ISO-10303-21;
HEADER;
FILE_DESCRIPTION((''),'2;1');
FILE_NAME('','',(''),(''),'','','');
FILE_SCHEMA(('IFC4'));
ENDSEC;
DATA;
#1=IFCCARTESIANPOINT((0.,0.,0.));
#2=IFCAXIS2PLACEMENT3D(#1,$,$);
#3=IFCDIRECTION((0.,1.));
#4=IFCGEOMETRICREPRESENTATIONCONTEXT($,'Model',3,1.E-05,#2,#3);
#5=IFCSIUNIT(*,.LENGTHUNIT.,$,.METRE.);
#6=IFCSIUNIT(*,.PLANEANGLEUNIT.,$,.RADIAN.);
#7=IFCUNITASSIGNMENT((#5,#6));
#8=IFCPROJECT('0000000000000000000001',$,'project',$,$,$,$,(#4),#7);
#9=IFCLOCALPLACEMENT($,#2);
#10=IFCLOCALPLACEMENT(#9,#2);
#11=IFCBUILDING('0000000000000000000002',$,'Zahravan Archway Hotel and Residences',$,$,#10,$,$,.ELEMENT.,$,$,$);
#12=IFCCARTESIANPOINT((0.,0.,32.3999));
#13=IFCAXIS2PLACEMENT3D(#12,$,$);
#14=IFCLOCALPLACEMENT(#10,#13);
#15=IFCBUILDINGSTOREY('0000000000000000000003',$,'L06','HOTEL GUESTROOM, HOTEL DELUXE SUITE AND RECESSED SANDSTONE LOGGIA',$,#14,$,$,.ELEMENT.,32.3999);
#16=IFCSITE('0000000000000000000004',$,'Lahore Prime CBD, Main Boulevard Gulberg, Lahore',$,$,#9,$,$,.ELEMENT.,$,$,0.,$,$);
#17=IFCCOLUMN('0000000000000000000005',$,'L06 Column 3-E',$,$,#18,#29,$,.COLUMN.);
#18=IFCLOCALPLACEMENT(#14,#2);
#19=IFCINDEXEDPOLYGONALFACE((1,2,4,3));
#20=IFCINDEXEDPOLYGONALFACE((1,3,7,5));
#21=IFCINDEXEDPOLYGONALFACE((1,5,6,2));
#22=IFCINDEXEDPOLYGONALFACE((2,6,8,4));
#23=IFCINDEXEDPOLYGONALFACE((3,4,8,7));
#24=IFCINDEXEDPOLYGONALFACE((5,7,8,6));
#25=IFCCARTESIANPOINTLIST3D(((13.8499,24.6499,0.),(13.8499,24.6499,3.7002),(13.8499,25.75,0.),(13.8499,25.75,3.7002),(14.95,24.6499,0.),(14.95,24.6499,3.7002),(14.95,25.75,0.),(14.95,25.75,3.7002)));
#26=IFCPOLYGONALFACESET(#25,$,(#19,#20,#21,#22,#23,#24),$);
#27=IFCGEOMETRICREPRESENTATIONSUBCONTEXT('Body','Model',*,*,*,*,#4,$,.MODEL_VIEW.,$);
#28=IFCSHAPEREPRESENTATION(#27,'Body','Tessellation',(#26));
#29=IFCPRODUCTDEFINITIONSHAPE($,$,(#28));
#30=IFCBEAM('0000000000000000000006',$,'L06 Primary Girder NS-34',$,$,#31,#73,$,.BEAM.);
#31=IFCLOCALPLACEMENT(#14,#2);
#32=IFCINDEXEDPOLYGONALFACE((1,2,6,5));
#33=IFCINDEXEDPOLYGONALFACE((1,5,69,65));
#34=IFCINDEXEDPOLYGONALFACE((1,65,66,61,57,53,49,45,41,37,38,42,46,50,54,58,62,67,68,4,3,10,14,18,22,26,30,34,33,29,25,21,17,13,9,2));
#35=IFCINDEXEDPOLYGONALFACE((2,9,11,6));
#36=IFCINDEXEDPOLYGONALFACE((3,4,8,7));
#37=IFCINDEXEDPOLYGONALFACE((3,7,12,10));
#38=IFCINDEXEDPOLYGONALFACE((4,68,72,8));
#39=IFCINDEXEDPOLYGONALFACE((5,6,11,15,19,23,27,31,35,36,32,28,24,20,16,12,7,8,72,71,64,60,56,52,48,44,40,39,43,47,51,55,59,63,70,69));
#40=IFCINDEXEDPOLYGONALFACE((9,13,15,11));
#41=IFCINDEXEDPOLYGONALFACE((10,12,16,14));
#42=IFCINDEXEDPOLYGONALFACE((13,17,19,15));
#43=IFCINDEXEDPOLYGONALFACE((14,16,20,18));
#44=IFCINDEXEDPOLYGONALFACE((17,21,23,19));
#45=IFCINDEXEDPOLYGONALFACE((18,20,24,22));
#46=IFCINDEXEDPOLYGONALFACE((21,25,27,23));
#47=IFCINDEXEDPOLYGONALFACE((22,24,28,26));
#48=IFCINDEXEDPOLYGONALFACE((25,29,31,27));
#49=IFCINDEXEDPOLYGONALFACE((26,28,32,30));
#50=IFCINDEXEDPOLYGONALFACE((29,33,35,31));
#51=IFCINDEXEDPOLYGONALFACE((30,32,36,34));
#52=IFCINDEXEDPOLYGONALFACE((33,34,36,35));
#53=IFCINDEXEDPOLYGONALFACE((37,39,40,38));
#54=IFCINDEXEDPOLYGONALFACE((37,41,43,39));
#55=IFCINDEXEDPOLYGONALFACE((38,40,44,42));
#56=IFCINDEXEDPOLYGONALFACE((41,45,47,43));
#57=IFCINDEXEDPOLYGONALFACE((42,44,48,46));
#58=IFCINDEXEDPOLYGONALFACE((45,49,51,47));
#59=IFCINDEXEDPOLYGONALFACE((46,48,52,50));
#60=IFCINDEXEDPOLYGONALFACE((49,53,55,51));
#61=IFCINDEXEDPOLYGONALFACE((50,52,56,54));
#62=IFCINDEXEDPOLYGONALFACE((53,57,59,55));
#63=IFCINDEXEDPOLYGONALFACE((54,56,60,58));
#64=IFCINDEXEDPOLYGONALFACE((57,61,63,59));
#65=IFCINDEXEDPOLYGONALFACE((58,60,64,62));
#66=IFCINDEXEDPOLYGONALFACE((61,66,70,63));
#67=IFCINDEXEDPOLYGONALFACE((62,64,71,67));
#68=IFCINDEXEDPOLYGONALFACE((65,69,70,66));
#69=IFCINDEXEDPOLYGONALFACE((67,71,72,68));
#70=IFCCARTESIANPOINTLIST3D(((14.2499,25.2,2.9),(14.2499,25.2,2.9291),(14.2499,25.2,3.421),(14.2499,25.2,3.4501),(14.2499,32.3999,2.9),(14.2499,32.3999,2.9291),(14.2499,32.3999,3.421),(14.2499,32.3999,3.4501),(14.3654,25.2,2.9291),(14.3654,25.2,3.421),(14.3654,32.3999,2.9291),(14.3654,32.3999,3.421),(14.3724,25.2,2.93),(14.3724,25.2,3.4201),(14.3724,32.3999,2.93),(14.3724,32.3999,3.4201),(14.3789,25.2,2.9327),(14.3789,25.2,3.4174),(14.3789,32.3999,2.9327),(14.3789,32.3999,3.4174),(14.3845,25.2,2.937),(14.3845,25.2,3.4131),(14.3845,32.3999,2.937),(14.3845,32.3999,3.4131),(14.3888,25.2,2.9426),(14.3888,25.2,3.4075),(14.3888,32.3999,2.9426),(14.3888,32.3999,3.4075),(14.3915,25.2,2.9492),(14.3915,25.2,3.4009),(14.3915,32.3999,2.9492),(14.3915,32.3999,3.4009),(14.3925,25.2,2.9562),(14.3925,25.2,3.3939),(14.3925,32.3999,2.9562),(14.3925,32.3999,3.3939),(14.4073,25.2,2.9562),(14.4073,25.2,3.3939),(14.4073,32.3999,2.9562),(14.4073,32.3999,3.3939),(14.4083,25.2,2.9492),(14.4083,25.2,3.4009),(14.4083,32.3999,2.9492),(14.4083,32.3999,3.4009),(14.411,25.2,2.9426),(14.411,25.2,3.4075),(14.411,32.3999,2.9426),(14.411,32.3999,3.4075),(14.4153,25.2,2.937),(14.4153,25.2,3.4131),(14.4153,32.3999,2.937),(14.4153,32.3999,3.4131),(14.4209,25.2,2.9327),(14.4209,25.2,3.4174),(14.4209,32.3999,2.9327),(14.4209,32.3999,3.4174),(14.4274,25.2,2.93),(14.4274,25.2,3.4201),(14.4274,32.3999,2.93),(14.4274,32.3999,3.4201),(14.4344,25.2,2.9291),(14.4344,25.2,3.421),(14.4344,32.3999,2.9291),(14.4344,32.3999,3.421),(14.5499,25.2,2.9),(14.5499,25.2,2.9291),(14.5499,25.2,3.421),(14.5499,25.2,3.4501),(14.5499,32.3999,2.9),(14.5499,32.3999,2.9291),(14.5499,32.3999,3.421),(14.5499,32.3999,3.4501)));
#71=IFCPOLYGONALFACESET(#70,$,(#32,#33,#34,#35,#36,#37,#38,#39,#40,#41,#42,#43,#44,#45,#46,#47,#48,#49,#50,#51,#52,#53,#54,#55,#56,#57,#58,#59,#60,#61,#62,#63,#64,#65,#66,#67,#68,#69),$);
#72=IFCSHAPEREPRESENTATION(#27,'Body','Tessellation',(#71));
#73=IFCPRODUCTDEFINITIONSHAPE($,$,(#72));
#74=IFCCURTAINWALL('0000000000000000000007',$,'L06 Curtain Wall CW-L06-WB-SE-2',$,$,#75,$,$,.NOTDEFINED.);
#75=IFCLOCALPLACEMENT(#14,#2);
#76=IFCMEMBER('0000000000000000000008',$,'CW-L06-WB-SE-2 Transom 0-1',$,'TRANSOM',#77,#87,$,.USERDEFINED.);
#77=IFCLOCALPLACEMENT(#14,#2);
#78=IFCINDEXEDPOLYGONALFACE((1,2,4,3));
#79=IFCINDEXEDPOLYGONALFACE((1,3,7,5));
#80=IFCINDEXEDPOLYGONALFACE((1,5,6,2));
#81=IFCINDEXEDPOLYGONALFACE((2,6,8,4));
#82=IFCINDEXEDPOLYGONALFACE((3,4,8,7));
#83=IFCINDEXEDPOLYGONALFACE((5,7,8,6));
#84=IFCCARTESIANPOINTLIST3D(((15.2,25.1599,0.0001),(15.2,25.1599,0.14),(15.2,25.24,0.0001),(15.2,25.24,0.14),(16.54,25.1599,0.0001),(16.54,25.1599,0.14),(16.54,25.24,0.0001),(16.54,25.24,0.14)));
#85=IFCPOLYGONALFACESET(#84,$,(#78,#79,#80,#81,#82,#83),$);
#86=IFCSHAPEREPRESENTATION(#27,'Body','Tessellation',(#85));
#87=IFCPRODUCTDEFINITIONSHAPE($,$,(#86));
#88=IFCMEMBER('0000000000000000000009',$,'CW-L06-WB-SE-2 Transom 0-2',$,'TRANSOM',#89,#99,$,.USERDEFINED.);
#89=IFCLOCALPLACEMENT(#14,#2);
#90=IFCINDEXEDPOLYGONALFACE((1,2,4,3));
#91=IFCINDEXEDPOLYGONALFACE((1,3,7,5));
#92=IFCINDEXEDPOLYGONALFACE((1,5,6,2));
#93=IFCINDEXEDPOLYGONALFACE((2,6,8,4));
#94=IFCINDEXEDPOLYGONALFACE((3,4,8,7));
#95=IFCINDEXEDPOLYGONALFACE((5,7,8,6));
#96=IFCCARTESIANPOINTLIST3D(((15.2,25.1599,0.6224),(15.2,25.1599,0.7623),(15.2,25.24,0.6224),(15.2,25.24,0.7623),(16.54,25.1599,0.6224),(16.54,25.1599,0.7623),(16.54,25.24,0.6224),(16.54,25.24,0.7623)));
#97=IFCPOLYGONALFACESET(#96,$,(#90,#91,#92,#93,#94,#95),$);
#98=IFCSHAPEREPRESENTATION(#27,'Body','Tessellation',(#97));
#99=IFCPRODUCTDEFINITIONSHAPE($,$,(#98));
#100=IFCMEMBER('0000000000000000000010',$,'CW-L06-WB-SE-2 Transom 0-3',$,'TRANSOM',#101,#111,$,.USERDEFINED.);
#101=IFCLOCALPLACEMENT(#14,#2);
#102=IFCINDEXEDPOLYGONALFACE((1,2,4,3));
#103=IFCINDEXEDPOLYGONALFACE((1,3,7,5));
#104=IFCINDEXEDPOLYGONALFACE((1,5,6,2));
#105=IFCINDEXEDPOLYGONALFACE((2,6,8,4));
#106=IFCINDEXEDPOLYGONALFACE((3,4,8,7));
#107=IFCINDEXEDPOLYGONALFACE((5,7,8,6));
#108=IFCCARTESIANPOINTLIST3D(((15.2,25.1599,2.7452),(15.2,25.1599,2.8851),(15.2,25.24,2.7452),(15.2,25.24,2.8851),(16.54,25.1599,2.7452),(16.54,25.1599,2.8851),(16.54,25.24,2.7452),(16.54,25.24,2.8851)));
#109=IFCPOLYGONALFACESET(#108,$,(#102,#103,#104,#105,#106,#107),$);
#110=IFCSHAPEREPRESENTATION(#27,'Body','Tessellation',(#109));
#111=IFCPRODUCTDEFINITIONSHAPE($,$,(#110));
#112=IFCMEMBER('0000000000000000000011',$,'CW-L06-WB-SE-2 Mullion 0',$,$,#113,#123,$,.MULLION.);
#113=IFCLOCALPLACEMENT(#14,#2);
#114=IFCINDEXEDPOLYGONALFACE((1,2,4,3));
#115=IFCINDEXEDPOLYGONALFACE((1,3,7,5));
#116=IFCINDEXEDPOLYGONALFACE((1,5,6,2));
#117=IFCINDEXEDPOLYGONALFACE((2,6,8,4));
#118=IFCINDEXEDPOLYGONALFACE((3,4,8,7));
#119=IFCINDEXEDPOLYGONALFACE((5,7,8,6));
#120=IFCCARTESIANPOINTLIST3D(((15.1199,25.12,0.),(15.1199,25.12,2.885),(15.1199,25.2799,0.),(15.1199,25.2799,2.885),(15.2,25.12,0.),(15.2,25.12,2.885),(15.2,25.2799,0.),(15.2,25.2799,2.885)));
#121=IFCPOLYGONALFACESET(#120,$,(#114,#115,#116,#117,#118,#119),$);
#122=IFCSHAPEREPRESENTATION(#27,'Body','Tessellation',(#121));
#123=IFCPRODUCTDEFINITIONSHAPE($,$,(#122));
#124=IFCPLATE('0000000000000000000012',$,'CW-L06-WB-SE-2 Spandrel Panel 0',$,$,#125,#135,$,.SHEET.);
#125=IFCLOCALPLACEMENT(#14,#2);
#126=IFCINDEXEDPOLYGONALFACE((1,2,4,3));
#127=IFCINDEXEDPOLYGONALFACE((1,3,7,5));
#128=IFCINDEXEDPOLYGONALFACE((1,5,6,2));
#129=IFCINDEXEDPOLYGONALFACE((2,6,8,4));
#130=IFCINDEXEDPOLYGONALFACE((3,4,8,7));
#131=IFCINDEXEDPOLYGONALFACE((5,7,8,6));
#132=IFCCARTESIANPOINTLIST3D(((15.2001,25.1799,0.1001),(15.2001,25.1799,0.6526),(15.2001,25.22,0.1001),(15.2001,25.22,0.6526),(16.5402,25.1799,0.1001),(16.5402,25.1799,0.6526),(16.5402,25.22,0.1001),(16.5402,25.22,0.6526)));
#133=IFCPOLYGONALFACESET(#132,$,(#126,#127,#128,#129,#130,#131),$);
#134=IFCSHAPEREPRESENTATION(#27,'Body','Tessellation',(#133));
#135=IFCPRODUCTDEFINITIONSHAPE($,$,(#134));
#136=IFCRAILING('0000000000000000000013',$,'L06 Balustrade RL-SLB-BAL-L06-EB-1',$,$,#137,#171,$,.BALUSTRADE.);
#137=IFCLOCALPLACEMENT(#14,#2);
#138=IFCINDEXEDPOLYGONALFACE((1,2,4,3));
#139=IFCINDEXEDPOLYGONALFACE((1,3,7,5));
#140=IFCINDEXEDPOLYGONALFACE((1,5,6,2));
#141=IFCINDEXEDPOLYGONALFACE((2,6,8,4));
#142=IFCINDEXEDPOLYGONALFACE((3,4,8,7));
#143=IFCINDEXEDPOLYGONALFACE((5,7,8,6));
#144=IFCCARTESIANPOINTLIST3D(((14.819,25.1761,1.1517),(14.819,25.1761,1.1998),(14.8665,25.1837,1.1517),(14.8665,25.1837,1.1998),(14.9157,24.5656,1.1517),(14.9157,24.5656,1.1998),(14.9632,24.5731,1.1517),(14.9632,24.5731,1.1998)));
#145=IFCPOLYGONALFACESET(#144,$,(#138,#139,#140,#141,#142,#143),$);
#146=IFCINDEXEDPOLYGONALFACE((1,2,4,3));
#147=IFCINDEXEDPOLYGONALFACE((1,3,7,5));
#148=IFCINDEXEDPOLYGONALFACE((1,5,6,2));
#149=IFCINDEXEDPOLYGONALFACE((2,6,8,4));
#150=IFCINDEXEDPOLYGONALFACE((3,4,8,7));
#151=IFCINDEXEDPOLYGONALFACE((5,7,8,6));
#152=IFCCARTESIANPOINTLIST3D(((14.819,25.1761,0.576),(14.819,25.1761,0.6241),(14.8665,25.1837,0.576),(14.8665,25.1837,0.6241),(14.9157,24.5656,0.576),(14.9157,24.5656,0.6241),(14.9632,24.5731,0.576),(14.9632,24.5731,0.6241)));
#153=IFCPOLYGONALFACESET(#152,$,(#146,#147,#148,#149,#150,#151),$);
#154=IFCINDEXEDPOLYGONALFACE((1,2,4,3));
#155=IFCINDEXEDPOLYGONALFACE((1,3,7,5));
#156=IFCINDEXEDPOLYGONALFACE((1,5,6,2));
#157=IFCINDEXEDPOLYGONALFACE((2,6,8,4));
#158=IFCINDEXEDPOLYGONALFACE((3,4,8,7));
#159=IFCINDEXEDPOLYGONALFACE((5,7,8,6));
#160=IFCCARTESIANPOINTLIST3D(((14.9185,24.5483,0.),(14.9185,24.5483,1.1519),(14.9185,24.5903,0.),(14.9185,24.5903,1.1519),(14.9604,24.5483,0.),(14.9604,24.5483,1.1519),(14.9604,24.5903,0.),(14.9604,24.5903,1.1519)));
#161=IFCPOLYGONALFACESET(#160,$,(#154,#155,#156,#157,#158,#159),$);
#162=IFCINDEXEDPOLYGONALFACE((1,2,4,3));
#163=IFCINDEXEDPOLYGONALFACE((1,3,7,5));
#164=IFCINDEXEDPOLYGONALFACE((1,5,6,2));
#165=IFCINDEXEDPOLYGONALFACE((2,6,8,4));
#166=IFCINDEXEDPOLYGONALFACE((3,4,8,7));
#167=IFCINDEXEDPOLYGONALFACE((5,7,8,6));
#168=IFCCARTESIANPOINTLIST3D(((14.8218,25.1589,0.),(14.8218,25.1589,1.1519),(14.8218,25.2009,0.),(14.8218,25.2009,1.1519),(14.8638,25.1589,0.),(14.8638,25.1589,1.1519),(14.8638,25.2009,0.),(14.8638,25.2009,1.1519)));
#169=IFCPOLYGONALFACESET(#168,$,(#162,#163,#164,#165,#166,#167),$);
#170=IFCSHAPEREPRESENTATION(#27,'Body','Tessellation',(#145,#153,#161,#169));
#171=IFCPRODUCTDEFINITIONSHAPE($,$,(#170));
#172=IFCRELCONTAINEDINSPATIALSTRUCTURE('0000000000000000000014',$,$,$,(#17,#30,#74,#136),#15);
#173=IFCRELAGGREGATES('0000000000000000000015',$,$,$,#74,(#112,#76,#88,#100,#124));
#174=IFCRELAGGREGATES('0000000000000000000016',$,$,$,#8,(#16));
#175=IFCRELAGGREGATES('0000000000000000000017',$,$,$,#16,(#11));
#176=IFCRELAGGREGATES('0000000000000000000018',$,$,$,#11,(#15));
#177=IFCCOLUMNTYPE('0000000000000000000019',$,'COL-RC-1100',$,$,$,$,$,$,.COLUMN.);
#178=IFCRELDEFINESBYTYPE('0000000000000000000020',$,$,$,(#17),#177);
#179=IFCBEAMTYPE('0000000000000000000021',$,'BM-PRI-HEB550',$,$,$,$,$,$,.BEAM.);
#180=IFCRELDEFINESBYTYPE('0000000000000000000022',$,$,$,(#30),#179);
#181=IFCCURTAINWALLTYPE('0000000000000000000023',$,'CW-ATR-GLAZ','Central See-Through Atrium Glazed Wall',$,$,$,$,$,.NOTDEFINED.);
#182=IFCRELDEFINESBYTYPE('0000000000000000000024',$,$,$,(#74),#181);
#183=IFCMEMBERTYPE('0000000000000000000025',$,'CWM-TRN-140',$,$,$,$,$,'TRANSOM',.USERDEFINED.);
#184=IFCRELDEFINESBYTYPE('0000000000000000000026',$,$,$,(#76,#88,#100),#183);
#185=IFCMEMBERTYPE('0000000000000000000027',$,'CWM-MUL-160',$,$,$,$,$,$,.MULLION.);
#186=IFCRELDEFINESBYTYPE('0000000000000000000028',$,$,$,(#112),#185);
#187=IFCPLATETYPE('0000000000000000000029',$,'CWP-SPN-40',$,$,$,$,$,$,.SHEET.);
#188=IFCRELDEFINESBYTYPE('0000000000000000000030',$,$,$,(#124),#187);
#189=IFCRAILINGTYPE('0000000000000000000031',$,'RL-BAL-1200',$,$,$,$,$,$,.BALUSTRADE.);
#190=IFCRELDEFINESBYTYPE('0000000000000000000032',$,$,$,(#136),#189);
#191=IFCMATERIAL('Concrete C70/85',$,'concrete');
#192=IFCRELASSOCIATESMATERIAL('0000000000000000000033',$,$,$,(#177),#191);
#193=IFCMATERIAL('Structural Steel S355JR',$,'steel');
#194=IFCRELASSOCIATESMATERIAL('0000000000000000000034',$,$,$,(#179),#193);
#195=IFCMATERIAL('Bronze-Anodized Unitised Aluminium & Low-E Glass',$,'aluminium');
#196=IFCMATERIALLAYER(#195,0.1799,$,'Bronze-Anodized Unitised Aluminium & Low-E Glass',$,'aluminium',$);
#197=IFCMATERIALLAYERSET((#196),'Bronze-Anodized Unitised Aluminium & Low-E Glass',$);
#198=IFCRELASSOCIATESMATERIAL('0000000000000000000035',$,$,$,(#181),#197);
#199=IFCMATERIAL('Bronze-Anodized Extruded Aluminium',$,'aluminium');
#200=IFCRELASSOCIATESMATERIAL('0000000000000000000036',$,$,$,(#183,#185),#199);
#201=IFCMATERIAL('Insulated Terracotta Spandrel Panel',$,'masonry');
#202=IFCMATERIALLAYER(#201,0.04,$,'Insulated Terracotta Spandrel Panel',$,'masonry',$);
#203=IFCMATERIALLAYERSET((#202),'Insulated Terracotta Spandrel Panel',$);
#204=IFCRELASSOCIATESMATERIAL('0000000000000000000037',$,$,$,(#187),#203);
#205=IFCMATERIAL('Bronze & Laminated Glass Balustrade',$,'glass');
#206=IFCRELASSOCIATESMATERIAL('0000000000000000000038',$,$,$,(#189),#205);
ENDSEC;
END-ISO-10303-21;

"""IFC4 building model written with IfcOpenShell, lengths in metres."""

from ifc_helpers import new_model, si_unit, direction, frame, origin, origin_2d, place, context, subcontext, project, spatial, rectangle, i_section, extrude, source, transform, mapped, material, layer, layer_set, material_profile, profile_set, type_object, element, aggregate, save


model = new_model("IFC4")

# Units and contexts
model_context = context("Model", 3, precision=1e-05, world=origin(), true_north=direction((0.0, 1.0)))
body_context = subcontext(model_context, "Body", "Model", "MODEL_VIEW")
ifc_project = project(units=[si_unit("LENGTHUNIT", "METRE"), si_unit("PLANEANGLEUNIT", "RADIAN")], contexts=[model_context])

# Site, building, storey
site_placement = place(None, origin())
site = spatial("IfcSite", under=ifc_project, at=site_placement, Name="Lahore Prime CBD, Main Boulevard Gulberg, Lahore", CompositionType="ELEMENT", RefElevation=0.0)
building_placement = place(site_placement, origin())
building = spatial("IfcBuilding", under=site, at=building_placement, Name="Zahravan Archway Hotel and Residences", CompositionType="ELEMENT")
storey_placement = place(building_placement, frame((0.0, 0.0, 32.3999)))
storey = spatial("IfcBuildingStorey", under=building, at=storey_placement, Name="L06", Description="HOTEL GUESTROOM, HOTEL DELUXE SUITE AND RECESSED SANDSTONE LOGGIA", CompositionType="ELEMENT", Elevation=32.3999)

# Column
ifc_material_1 = material(Name="Concrete C70/85", Category="concrete")
ifc_material_profile_1 = material_profile(ifc_material_1, rectangle(XDim=1.1001, YDim=1.1001, at=origin_2d()), Name="RC 1100x1100", Category="concrete")
ifc_profile_set_1 = profile_set([ifc_material_profile_1], Name="Concrete C70/85")
column_type = type_object("IfcColumnType", Name="COL-RC-1100", PredefinedType="COLUMN", material=ifc_profile_set_1)
shared_shape_1 = source(origin(), body_context, "Body", "SweptSolid", [
    extrude(rectangle(XDim=1.1001, YDim=1.1001, at=origin_2d()), origin(), (0.0, 0.0, 1.0), 3.7002),
])
column_placement = place(storey_placement, frame((14.3999, 25.2, 0.0), z_axis=(0.0, 0.0, 1.0), x_axis=(1.0, 0.0, 0.0)))
element("IfcColumn", 1, at=column_placement, inside=storey, type_object=column_type, Name="L06 Column 3-E", PredefinedType="COLUMN", context=body_context, shape_type="MappedRepresentation", body=[
    mapped(shared_shape_1, transform((0.0, 0.0, 0.0), scale=1.0)),
])

# Beam
ifc_material_2 = material(Name="Structural Steel S355JR", Category="steel")
ifc_material_profile_2 = material_profile(ifc_material_2, i_section(OverallWidth=0.3, OverallDepth=0.55, WebThickness=0.0149, FlangeThickness=0.0291, FilletRadius=0.0271, at=origin_2d()), Name="HEB 550", Category="steel")
ifc_profile_set_2 = profile_set([ifc_material_profile_2], Name="Structural Steel S355JR")
beam_type = type_object("IfcBeamType", Name="BM-PRI-HEB550", PredefinedType="BEAM", material=ifc_profile_set_2)
shared_shape_2 = source(origin(), body_context, "Body", "SweptSolid", [
    extrude(i_section(OverallWidth=0.3, OverallDepth=0.55, WebThickness=0.0149, FlangeThickness=0.0291, FilletRadius=0.0271, at=origin_2d()), origin(), (0.0, 0.0, 1.0), 7.2),
])
beam_placement = place(storey_placement, frame((14.3999, 25.2, 3.175), z_axis=(0.0, 1.0, 0.0), x_axis=(-1.0, 0.0, 0.0)))
element("IfcBeam", 2, at=beam_placement, inside=storey, type_object=beam_type, Name="L06 Primary Girder NS-34", PredefinedType="BEAM", context=body_context, shape_type="MappedRepresentation", body=[
    mapped(shared_shape_2, transform((0.0, 0.0, 0.0), scale=1.0)),
])

# Curtain wall, members, plate
ifc_material_3 = material(Name="Bronze-Anodized Unitised Aluminium & Low-E Glass", Category="aluminium")
ifc_layer_1 = layer(ifc_material_3, 0.1799, Name="Bronze-Anodized Unitised Aluminium & Low-E Glass", Category="aluminium")
ifc_layer_set_1 = layer_set([ifc_layer_1], Name="Bronze-Anodized Unitised Aluminium & Low-E Glass")
curtain_wall_type = type_object("IfcCurtainWallType", Name="CW-ATR-GLAZ", Description="Central See-Through Atrium Glazed Wall", PredefinedType="NOTDEFINED", material=ifc_layer_set_1)
curtain_wall_placement = place(storey_placement, origin())
curtain_wall = element("IfcCurtainWall", 3, at=curtain_wall_placement, inside=storey, type_object=curtain_wall_type, Name="L06 Curtain Wall CW-L06-WB-SE-2", PredefinedType="NOTDEFINED")
ifc_material_4 = material(Name="Bronze-Anodized Extruded Aluminium", Category="aluminium")
ifc_material_profile_3 = material_profile(ifc_material_4, rectangle(XDim=0.0801, YDim=0.1399, at=origin_2d()), Name="TRN 80x140", Category="aluminium")
ifc_profile_set_3 = profile_set([ifc_material_profile_3], Name="Bronze-Anodized Extruded Aluminium")
member_type_1 = type_object("IfcMemberType", Name="CWM-TRN-140", ElementType="TRANSOM", PredefinedType="USERDEFINED", material=ifc_profile_set_3)
shared_shape_3 = source(origin(), body_context, "Body", "SweptSolid", [
    extrude(rectangle(XDim=0.0801, YDim=0.1399, at=origin_2d()), origin(), (0.0, 0.0, 1.0), 1.3401),
])
member_1_placement = place(storey_placement, frame((15.2, 25.2, 0.0701), z_axis=(1.0, 0.0, 0.0), x_axis=(0.0, 1.0, 0.0)))
member_1 = element("IfcMember", 4, at=member_1_placement, type_object=member_type_1, Name="CW-L06-WB-SE-2 Transom 0-1", ObjectType="TRANSOM", PredefinedType="USERDEFINED", context=body_context, shape_type="MappedRepresentation", body=[
    mapped(shared_shape_3, transform((0.0, 0.0, 0.0), scale=1.0)),
])
member_2_placement = place(storey_placement, frame((15.2, 25.2, 0.6924), z_axis=(1.0, 0.0, 0.0), x_axis=(0.0, 1.0, 0.0)))
member_2 = element("IfcMember", 5, at=member_2_placement, type_object=member_type_1, Name="CW-L06-WB-SE-2 Transom 0-2", ObjectType="TRANSOM", PredefinedType="USERDEFINED", context=body_context, shape_type="MappedRepresentation", body=[
    mapped(shared_shape_3, transform((0.0, 0.0, 0.0), scale=1.0)),
])
member_3_placement = place(storey_placement, frame((15.2, 25.2, 2.8152), z_axis=(1.0, 0.0, 0.0), x_axis=(0.0, 1.0, 0.0)))
member_3 = element("IfcMember", 6, at=member_3_placement, type_object=member_type_1, Name="CW-L06-WB-SE-2 Transom 0-3", ObjectType="TRANSOM", PredefinedType="USERDEFINED", context=body_context, shape_type="MappedRepresentation", body=[
    mapped(shared_shape_3, transform((0.0, 0.0, 0.0), scale=1.0)),
])
ifc_material_profile_4 = material_profile(ifc_material_4, rectangle(XDim=0.0801, YDim=0.1599, at=origin_2d()), Name="MUL 80x160", Category="aluminium")
ifc_profile_set_4 = profile_set([ifc_material_profile_4], Name="Bronze-Anodized Extruded Aluminium")
member_type_2 = type_object("IfcMemberType", Name="CWM-MUL-160", PredefinedType="MULLION", material=ifc_profile_set_4)
shared_shape_4 = source(origin(), body_context, "Body", "SweptSolid", [
    extrude(rectangle(XDim=0.0801, YDim=0.1599, at=origin_2d()), origin(), (0.0, 0.0, 1.0), 2.885),
])
member_4_placement = place(storey_placement, frame((15.1599, 25.2, 0.0), z_axis=(0.0, 0.0, 1.0), x_axis=(1.0, 0.0, 0.0)))
member_4 = element("IfcMember", 7, at=member_4_placement, type_object=member_type_2, Name="CW-L06-WB-SE-2 Mullion 0", PredefinedType="MULLION", context=body_context, shape_type="MappedRepresentation", body=[
    mapped(shared_shape_4, transform((0.0, 0.0, 0.0), scale=1.0)),
])
ifc_material_5 = material(Name="Insulated Terracotta Spandrel Panel", Category="masonry")
ifc_layer_2 = layer(ifc_material_5, 0.04, Name="Insulated Terracotta Spandrel Panel", Category="masonry")
ifc_layer_set_2 = layer_set([ifc_layer_2], Name="Insulated Terracotta Spandrel Panel")
plate_type = type_object("IfcPlateType", Name="CWP-SPN-40", PredefinedType="SHEET", material=ifc_layer_set_2)
shared_shape_5 = source(origin(), body_context, "Body", "SweptSolid", [
    extrude(rectangle(XDim=1.3401, YDim=0.04, at=origin_2d()), origin(), (0.0, 0.0, 1.0), 0.5525),
])
plate_placement = place(storey_placement, frame((15.8701, 25.2, 0.1001), z_axis=(0.0, 0.0, 1.0), x_axis=(1.0, 0.0, 0.0)))
plate = element("IfcPlate", 8, at=plate_placement, type_object=plate_type, Name="CW-L06-WB-SE-2 Spandrel Panel 0", PredefinedType="SHEET", context=body_context, shape_type="MappedRepresentation", body=[
    mapped(shared_shape_5, transform((0.0, 0.0, 0.0), scale=1.0)),
])
aggregate(curtain_wall, [member_4, member_1, member_2, member_3, plate])

# Railing
ifc_material_6 = material(Name="Bronze & Laminated Glass Balustrade", Category="glass")
railing_type = type_object("IfcRailingType", Name="RL-BAL-1200", PredefinedType="BALUSTRADE", material=ifc_material_6)
railing_placement = place(storey_placement, frame((14.9395, 24.5693, 0.0)))
element("IfcRailing", 9, at=railing_placement, inside=storey, type_object=railing_type, Name="L06 Balustrade RL-SLB-BAL-L06-EB-1", PredefinedType="BALUSTRADE", context=body_context, shape_type="SweptSolid", body=[
    extrude(rectangle(XDim=0.0481, YDim=0.0481, at=origin_2d()), frame((0.0, 0.0, 1.1758), z_axis=(-0.156388, 0.987696, 0.0), x_axis=(-0.987696, -0.156388, 0.0)), (0.0, 0.0, 1.0), 0.6182),
    extrude(rectangle(XDim=0.0481, YDim=0.0481, at=origin_2d()), frame((0.0, 0.0, 0.6001), z_axis=(-0.156388, 0.987696, 0.0), x_axis=(-0.987696, -0.156388, 0.0)), (0.0, 0.0, 1.0), 0.6182),
    extrude(rectangle(XDim=0.042, YDim=0.042, at=origin_2d()), origin(), (0.0, 0.0, 1.0), 1.1519),
    extrude(rectangle(XDim=0.042, YDim=0.042, at=origin_2d()), frame((-0.0967, 0.6106, 0.0)), (0.0, 0.0, 1.0), 1.1519),
])

save(model, "model.ifc")
